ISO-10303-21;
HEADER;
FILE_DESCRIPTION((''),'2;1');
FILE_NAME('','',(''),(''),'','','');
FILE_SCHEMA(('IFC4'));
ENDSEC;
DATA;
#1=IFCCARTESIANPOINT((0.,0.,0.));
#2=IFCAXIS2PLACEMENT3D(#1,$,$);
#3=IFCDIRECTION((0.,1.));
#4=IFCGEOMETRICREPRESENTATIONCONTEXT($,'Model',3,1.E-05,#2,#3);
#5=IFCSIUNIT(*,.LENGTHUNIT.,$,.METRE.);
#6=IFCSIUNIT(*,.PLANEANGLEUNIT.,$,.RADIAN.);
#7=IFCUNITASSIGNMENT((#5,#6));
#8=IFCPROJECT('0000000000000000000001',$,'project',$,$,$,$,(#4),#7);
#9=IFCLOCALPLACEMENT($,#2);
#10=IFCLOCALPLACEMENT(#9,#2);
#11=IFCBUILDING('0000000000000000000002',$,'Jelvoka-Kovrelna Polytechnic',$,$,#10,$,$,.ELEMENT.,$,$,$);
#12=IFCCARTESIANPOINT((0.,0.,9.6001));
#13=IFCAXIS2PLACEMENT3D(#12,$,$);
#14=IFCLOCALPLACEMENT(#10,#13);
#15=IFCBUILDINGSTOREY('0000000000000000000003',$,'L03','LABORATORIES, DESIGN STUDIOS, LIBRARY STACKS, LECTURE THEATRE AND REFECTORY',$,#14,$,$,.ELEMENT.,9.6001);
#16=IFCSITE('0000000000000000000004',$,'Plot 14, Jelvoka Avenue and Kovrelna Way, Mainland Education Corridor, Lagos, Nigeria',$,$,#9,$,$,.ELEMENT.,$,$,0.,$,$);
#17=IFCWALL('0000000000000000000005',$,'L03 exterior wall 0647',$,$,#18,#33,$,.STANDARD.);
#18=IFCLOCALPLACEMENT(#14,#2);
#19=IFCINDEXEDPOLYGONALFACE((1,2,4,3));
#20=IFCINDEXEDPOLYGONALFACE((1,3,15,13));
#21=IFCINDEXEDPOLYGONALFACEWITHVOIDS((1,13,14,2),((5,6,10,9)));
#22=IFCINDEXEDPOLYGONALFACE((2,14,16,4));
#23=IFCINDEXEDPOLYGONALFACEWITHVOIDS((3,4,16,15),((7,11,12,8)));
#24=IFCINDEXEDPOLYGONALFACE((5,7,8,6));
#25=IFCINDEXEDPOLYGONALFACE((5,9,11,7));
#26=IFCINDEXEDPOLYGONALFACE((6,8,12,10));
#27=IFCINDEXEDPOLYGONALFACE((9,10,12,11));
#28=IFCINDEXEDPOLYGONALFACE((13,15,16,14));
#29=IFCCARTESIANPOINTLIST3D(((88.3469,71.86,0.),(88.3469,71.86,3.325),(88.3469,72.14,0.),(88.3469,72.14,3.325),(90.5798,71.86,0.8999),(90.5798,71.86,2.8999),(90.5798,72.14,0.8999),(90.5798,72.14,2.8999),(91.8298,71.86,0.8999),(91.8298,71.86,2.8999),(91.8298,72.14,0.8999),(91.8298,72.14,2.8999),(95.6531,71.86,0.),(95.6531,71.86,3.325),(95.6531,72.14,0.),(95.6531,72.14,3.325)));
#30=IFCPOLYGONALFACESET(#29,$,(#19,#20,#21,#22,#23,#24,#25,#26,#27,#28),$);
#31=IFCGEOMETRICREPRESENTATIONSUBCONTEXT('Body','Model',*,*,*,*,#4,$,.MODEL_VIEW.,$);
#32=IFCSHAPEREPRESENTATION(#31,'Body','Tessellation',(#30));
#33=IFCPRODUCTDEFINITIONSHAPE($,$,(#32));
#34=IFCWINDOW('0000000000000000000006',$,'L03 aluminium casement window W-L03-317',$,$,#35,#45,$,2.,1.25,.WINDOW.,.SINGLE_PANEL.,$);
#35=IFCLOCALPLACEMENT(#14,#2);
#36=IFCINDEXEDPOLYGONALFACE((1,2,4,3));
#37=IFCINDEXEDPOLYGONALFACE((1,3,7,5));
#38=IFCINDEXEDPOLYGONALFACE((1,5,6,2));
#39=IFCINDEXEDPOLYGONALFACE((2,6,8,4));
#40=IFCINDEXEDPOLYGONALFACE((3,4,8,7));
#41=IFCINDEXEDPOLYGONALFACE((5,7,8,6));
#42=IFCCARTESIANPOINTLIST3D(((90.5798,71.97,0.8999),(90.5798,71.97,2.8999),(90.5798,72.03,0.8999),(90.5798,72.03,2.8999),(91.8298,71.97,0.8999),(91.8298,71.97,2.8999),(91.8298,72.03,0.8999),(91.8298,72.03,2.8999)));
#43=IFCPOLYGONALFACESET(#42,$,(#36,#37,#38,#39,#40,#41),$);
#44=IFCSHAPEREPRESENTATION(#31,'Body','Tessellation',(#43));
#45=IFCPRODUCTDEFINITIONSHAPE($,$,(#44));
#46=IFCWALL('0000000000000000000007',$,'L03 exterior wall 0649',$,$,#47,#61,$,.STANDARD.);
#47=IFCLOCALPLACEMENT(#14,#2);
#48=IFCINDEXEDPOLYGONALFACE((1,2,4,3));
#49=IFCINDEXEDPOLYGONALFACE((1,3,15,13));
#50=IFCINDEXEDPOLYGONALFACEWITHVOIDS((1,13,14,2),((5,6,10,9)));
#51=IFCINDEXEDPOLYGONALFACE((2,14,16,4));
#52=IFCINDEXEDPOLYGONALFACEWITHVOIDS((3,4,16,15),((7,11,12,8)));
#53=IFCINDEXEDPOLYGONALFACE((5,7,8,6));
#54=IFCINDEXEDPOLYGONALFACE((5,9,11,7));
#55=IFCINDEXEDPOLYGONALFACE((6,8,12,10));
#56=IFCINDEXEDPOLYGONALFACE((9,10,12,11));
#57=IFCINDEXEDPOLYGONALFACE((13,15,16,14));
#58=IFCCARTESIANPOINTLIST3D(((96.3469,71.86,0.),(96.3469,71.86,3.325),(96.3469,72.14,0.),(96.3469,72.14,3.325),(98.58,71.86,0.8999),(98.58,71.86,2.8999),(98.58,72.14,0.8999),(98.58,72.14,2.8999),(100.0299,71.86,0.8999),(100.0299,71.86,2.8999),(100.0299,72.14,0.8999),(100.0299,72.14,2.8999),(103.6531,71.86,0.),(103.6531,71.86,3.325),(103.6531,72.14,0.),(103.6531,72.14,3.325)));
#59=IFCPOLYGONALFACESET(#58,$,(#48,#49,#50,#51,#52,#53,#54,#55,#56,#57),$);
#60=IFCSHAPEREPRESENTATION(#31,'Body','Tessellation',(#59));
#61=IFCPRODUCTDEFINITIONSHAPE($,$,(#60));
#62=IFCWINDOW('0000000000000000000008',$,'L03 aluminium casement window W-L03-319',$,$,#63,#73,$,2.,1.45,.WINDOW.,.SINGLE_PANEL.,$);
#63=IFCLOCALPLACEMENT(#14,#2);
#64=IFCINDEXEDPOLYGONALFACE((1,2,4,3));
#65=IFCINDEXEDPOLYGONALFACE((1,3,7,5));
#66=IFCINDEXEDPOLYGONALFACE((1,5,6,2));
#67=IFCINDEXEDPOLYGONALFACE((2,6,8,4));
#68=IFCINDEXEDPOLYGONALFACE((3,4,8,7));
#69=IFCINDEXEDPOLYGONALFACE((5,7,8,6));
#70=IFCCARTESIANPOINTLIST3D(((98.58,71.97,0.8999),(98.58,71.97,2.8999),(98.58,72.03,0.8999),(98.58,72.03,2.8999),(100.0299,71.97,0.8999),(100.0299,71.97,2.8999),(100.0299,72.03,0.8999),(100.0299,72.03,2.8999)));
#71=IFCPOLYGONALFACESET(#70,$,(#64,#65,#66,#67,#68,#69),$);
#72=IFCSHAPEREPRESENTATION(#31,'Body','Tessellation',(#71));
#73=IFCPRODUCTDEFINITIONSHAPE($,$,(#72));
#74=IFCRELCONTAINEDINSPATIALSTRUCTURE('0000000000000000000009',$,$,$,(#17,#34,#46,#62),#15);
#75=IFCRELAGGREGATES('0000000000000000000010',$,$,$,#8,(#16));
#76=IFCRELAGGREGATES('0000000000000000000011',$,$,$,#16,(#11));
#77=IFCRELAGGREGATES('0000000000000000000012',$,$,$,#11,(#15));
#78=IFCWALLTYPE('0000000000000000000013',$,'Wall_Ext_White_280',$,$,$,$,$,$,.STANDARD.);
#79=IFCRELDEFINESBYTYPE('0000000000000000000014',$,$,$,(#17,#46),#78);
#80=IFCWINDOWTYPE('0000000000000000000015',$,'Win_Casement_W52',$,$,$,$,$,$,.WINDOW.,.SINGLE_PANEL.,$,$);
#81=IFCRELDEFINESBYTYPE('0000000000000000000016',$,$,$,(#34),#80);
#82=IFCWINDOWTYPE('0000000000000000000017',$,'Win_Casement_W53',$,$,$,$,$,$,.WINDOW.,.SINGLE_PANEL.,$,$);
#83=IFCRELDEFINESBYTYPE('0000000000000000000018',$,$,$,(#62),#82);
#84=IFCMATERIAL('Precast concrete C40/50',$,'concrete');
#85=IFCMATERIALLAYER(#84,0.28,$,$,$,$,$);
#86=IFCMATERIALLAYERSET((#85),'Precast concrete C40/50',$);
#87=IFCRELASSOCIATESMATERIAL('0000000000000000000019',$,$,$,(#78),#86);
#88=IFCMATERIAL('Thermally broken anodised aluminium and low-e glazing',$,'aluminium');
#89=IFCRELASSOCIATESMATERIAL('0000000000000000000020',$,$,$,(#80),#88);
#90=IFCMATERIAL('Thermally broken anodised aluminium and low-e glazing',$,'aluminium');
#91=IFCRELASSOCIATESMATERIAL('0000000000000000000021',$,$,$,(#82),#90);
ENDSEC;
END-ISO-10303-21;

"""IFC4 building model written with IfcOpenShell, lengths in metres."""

from ifc_helpers import new_model, si_unit, direction, frame, frame_2d, origin, place, context, subcontext, project, spatial, rectangle, extrude, material, layer, layer_set, type_object, element, fill, save


model = new_model("IFC4")

# Units and contexts
model_context = context("Model", 3, precision=1e-05, world=origin(), true_north=direction((0.0, 1.0)))
body_context = subcontext(model_context, "Body", "Model", "MODEL_VIEW")
ifc_project = project(units=[si_unit("LENGTHUNIT", "METRE"), si_unit("PLANEANGLEUNIT", "RADIAN")], contexts=[model_context])

# Site, building, storey
site_placement = place(None, origin())
site = spatial("IfcSite", under=ifc_project, at=site_placement, Name="Plot 14, Jelvoka Avenue and Kovrelna Way, Mainland Education Corridor, Lagos, Nigeria", CompositionType="ELEMENT", RefElevation=0.0)
building_placement = place(site_placement, origin())
building = spatial("IfcBuilding", under=site, at=building_placement, Name="Jelvoka-Kovrelna Polytechnic", CompositionType="ELEMENT")
storey_placement = place(building_placement, frame((0.0, 0.0, 9.6001)))
storey = spatial("IfcBuildingStorey", under=building, at=storey_placement, Name="L03", Description="LABORATORIES, DESIGN STUDIOS, LIBRARY STACKS, LECTURE THEATRE AND REFECTORY", CompositionType="ELEMENT", Elevation=9.6001)

# Walls, openings, windows
ifc_material_1 = material(Name="Precast concrete C40/50", Category="concrete")
ifc_layer_1 = layer(ifc_material_1, 0.28)
ifc_layer_set_1 = layer_set([ifc_layer_1], Name="Precast concrete C40/50")
wall_type_1 = type_object("IfcWallType", Name="Wall_Ext_White_280", PredefinedType="STANDARD", material=ifc_layer_set_1)
wall_1_placement = place(storey_placement, frame((88.3469, 72.0, 0.0), z_axis=(0.0, 0.0, 1.0), x_axis=(1.0, 0.0, 0.0)))
wall_1 = element("IfcWall", 1, at=wall_1_placement, inside=storey, type_object=wall_type_1, Name="L03 exterior wall 0647", PredefinedType="STANDARD", context=body_context, shape_type="SweptSolid", body=[
    extrude(rectangle(XDim=7.3062, YDim=0.28, at=frame_2d((3.6531, 0.0))), origin(), (0.0, 0.0, 1.0), 3.325),
])
opening_1_placement = place(wall_1_placement, frame((2.2329, 0.0, 0.8999)))
opening_1 = element("IfcOpeningElement", 2, at=opening_1_placement, cuts=wall_1, PredefinedType="OPENING", context=body_context, shape_type="SweptSolid", body=[
    extrude(rectangle(XDim=1.25, YDim=2.0, at=frame_2d((0.625, 1.0))), frame((0.0, 0.1501, 0.0), z_axis=(0.0, -1.0, 0.0), x_axis=(1.0, 0.0, 0.0)), (0.0, 0.0, 1.0), 0.3),
])
ifc_material_2 = material(Name="Thermally broken anodised aluminium and low-e glazing", Category="aluminium")
window_type_1 = type_object("IfcWindowType", Name="Win_Casement_W52", PartitioningType="SINGLE_PANEL", PredefinedType="WINDOW", material=ifc_material_2)
window_1_placement = place(opening_1_placement, origin())
window_1 = element("IfcWindow", 3, at=window_1_placement, inside=storey, type_object=window_type_1, Name="L03 aluminium casement window W-L03-317", OverallHeight=2.0, OverallWidth=1.25, PartitioningType="SINGLE_PANEL", PredefinedType="WINDOW", context=body_context, shape_type="SweptSolid", body=[
    extrude(rectangle(XDim=1.25, YDim=2.0, at=frame_2d((0.625, 1.0))), frame((0.0, 0.03, 0.0), z_axis=(0.0, -1.0, 0.0), x_axis=(1.0, 0.0, 0.0)), (0.0, 0.0, 1.0), 0.0601),
])
fill(opening_1, window_1)
wall_2_placement = place(storey_placement, frame((96.3469, 72.0, 0.0), z_axis=(0.0, 0.0, 1.0), x_axis=(1.0, 0.0, 0.0)))
wall_2 = element("IfcWall", 4, at=wall_2_placement, inside=storey, type_object=wall_type_1, Name="L03 exterior wall 0649", PredefinedType="STANDARD", context=body_context, shape_type="SweptSolid", body=[
    extrude(rectangle(XDim=7.3062, YDim=0.28, at=frame_2d((3.6531, 0.0))), origin(), (0.0, 0.0, 1.0), 3.325),
])
opening_2_placement = place(wall_2_placement, frame((2.2329, 0.0, 0.8999)))
opening_2 = element("IfcOpeningElement", 5, at=opening_2_placement, cuts=wall_2, PredefinedType="OPENING", context=body_context, shape_type="SweptSolid", body=[
    extrude(rectangle(XDim=1.45, YDim=2.0, at=frame_2d((0.7251, 1.0))), frame((0.0, 0.1501, 0.0), z_axis=(0.0, -1.0, 0.0), x_axis=(1.0, 0.0, 0.0)), (0.0, 0.0, 1.0), 0.3),
])
ifc_material_3 = material(Name="Thermally broken anodised aluminium and low-e glazing", Category="aluminium")
window_type_2 = type_object("IfcWindowType", Name="Win_Casement_W53", PartitioningType="SINGLE_PANEL", PredefinedType="WINDOW", material=ifc_material_3)
window_2_placement = place(opening_2_placement, origin())
window_2 = element("IfcWindow", 6, at=window_2_placement, inside=storey, type_object=window_type_2, Name="L03 aluminium casement window W-L03-319", OverallHeight=2.0, OverallWidth=1.45, PartitioningType="SINGLE_PANEL", PredefinedType="WINDOW", context=body_context, shape_type="SweptSolid", body=[
    extrude(rectangle(XDim=1.45, YDim=2.0, at=frame_2d((0.7251, 1.0))), frame((0.0, 0.03, 0.0), z_axis=(0.0, -1.0, 0.0), x_axis=(1.0, 0.0, 0.0)), (0.0, 0.0, 1.0), 0.0601),
])
fill(opening_2, window_2)

save(model, "model.ifc")
